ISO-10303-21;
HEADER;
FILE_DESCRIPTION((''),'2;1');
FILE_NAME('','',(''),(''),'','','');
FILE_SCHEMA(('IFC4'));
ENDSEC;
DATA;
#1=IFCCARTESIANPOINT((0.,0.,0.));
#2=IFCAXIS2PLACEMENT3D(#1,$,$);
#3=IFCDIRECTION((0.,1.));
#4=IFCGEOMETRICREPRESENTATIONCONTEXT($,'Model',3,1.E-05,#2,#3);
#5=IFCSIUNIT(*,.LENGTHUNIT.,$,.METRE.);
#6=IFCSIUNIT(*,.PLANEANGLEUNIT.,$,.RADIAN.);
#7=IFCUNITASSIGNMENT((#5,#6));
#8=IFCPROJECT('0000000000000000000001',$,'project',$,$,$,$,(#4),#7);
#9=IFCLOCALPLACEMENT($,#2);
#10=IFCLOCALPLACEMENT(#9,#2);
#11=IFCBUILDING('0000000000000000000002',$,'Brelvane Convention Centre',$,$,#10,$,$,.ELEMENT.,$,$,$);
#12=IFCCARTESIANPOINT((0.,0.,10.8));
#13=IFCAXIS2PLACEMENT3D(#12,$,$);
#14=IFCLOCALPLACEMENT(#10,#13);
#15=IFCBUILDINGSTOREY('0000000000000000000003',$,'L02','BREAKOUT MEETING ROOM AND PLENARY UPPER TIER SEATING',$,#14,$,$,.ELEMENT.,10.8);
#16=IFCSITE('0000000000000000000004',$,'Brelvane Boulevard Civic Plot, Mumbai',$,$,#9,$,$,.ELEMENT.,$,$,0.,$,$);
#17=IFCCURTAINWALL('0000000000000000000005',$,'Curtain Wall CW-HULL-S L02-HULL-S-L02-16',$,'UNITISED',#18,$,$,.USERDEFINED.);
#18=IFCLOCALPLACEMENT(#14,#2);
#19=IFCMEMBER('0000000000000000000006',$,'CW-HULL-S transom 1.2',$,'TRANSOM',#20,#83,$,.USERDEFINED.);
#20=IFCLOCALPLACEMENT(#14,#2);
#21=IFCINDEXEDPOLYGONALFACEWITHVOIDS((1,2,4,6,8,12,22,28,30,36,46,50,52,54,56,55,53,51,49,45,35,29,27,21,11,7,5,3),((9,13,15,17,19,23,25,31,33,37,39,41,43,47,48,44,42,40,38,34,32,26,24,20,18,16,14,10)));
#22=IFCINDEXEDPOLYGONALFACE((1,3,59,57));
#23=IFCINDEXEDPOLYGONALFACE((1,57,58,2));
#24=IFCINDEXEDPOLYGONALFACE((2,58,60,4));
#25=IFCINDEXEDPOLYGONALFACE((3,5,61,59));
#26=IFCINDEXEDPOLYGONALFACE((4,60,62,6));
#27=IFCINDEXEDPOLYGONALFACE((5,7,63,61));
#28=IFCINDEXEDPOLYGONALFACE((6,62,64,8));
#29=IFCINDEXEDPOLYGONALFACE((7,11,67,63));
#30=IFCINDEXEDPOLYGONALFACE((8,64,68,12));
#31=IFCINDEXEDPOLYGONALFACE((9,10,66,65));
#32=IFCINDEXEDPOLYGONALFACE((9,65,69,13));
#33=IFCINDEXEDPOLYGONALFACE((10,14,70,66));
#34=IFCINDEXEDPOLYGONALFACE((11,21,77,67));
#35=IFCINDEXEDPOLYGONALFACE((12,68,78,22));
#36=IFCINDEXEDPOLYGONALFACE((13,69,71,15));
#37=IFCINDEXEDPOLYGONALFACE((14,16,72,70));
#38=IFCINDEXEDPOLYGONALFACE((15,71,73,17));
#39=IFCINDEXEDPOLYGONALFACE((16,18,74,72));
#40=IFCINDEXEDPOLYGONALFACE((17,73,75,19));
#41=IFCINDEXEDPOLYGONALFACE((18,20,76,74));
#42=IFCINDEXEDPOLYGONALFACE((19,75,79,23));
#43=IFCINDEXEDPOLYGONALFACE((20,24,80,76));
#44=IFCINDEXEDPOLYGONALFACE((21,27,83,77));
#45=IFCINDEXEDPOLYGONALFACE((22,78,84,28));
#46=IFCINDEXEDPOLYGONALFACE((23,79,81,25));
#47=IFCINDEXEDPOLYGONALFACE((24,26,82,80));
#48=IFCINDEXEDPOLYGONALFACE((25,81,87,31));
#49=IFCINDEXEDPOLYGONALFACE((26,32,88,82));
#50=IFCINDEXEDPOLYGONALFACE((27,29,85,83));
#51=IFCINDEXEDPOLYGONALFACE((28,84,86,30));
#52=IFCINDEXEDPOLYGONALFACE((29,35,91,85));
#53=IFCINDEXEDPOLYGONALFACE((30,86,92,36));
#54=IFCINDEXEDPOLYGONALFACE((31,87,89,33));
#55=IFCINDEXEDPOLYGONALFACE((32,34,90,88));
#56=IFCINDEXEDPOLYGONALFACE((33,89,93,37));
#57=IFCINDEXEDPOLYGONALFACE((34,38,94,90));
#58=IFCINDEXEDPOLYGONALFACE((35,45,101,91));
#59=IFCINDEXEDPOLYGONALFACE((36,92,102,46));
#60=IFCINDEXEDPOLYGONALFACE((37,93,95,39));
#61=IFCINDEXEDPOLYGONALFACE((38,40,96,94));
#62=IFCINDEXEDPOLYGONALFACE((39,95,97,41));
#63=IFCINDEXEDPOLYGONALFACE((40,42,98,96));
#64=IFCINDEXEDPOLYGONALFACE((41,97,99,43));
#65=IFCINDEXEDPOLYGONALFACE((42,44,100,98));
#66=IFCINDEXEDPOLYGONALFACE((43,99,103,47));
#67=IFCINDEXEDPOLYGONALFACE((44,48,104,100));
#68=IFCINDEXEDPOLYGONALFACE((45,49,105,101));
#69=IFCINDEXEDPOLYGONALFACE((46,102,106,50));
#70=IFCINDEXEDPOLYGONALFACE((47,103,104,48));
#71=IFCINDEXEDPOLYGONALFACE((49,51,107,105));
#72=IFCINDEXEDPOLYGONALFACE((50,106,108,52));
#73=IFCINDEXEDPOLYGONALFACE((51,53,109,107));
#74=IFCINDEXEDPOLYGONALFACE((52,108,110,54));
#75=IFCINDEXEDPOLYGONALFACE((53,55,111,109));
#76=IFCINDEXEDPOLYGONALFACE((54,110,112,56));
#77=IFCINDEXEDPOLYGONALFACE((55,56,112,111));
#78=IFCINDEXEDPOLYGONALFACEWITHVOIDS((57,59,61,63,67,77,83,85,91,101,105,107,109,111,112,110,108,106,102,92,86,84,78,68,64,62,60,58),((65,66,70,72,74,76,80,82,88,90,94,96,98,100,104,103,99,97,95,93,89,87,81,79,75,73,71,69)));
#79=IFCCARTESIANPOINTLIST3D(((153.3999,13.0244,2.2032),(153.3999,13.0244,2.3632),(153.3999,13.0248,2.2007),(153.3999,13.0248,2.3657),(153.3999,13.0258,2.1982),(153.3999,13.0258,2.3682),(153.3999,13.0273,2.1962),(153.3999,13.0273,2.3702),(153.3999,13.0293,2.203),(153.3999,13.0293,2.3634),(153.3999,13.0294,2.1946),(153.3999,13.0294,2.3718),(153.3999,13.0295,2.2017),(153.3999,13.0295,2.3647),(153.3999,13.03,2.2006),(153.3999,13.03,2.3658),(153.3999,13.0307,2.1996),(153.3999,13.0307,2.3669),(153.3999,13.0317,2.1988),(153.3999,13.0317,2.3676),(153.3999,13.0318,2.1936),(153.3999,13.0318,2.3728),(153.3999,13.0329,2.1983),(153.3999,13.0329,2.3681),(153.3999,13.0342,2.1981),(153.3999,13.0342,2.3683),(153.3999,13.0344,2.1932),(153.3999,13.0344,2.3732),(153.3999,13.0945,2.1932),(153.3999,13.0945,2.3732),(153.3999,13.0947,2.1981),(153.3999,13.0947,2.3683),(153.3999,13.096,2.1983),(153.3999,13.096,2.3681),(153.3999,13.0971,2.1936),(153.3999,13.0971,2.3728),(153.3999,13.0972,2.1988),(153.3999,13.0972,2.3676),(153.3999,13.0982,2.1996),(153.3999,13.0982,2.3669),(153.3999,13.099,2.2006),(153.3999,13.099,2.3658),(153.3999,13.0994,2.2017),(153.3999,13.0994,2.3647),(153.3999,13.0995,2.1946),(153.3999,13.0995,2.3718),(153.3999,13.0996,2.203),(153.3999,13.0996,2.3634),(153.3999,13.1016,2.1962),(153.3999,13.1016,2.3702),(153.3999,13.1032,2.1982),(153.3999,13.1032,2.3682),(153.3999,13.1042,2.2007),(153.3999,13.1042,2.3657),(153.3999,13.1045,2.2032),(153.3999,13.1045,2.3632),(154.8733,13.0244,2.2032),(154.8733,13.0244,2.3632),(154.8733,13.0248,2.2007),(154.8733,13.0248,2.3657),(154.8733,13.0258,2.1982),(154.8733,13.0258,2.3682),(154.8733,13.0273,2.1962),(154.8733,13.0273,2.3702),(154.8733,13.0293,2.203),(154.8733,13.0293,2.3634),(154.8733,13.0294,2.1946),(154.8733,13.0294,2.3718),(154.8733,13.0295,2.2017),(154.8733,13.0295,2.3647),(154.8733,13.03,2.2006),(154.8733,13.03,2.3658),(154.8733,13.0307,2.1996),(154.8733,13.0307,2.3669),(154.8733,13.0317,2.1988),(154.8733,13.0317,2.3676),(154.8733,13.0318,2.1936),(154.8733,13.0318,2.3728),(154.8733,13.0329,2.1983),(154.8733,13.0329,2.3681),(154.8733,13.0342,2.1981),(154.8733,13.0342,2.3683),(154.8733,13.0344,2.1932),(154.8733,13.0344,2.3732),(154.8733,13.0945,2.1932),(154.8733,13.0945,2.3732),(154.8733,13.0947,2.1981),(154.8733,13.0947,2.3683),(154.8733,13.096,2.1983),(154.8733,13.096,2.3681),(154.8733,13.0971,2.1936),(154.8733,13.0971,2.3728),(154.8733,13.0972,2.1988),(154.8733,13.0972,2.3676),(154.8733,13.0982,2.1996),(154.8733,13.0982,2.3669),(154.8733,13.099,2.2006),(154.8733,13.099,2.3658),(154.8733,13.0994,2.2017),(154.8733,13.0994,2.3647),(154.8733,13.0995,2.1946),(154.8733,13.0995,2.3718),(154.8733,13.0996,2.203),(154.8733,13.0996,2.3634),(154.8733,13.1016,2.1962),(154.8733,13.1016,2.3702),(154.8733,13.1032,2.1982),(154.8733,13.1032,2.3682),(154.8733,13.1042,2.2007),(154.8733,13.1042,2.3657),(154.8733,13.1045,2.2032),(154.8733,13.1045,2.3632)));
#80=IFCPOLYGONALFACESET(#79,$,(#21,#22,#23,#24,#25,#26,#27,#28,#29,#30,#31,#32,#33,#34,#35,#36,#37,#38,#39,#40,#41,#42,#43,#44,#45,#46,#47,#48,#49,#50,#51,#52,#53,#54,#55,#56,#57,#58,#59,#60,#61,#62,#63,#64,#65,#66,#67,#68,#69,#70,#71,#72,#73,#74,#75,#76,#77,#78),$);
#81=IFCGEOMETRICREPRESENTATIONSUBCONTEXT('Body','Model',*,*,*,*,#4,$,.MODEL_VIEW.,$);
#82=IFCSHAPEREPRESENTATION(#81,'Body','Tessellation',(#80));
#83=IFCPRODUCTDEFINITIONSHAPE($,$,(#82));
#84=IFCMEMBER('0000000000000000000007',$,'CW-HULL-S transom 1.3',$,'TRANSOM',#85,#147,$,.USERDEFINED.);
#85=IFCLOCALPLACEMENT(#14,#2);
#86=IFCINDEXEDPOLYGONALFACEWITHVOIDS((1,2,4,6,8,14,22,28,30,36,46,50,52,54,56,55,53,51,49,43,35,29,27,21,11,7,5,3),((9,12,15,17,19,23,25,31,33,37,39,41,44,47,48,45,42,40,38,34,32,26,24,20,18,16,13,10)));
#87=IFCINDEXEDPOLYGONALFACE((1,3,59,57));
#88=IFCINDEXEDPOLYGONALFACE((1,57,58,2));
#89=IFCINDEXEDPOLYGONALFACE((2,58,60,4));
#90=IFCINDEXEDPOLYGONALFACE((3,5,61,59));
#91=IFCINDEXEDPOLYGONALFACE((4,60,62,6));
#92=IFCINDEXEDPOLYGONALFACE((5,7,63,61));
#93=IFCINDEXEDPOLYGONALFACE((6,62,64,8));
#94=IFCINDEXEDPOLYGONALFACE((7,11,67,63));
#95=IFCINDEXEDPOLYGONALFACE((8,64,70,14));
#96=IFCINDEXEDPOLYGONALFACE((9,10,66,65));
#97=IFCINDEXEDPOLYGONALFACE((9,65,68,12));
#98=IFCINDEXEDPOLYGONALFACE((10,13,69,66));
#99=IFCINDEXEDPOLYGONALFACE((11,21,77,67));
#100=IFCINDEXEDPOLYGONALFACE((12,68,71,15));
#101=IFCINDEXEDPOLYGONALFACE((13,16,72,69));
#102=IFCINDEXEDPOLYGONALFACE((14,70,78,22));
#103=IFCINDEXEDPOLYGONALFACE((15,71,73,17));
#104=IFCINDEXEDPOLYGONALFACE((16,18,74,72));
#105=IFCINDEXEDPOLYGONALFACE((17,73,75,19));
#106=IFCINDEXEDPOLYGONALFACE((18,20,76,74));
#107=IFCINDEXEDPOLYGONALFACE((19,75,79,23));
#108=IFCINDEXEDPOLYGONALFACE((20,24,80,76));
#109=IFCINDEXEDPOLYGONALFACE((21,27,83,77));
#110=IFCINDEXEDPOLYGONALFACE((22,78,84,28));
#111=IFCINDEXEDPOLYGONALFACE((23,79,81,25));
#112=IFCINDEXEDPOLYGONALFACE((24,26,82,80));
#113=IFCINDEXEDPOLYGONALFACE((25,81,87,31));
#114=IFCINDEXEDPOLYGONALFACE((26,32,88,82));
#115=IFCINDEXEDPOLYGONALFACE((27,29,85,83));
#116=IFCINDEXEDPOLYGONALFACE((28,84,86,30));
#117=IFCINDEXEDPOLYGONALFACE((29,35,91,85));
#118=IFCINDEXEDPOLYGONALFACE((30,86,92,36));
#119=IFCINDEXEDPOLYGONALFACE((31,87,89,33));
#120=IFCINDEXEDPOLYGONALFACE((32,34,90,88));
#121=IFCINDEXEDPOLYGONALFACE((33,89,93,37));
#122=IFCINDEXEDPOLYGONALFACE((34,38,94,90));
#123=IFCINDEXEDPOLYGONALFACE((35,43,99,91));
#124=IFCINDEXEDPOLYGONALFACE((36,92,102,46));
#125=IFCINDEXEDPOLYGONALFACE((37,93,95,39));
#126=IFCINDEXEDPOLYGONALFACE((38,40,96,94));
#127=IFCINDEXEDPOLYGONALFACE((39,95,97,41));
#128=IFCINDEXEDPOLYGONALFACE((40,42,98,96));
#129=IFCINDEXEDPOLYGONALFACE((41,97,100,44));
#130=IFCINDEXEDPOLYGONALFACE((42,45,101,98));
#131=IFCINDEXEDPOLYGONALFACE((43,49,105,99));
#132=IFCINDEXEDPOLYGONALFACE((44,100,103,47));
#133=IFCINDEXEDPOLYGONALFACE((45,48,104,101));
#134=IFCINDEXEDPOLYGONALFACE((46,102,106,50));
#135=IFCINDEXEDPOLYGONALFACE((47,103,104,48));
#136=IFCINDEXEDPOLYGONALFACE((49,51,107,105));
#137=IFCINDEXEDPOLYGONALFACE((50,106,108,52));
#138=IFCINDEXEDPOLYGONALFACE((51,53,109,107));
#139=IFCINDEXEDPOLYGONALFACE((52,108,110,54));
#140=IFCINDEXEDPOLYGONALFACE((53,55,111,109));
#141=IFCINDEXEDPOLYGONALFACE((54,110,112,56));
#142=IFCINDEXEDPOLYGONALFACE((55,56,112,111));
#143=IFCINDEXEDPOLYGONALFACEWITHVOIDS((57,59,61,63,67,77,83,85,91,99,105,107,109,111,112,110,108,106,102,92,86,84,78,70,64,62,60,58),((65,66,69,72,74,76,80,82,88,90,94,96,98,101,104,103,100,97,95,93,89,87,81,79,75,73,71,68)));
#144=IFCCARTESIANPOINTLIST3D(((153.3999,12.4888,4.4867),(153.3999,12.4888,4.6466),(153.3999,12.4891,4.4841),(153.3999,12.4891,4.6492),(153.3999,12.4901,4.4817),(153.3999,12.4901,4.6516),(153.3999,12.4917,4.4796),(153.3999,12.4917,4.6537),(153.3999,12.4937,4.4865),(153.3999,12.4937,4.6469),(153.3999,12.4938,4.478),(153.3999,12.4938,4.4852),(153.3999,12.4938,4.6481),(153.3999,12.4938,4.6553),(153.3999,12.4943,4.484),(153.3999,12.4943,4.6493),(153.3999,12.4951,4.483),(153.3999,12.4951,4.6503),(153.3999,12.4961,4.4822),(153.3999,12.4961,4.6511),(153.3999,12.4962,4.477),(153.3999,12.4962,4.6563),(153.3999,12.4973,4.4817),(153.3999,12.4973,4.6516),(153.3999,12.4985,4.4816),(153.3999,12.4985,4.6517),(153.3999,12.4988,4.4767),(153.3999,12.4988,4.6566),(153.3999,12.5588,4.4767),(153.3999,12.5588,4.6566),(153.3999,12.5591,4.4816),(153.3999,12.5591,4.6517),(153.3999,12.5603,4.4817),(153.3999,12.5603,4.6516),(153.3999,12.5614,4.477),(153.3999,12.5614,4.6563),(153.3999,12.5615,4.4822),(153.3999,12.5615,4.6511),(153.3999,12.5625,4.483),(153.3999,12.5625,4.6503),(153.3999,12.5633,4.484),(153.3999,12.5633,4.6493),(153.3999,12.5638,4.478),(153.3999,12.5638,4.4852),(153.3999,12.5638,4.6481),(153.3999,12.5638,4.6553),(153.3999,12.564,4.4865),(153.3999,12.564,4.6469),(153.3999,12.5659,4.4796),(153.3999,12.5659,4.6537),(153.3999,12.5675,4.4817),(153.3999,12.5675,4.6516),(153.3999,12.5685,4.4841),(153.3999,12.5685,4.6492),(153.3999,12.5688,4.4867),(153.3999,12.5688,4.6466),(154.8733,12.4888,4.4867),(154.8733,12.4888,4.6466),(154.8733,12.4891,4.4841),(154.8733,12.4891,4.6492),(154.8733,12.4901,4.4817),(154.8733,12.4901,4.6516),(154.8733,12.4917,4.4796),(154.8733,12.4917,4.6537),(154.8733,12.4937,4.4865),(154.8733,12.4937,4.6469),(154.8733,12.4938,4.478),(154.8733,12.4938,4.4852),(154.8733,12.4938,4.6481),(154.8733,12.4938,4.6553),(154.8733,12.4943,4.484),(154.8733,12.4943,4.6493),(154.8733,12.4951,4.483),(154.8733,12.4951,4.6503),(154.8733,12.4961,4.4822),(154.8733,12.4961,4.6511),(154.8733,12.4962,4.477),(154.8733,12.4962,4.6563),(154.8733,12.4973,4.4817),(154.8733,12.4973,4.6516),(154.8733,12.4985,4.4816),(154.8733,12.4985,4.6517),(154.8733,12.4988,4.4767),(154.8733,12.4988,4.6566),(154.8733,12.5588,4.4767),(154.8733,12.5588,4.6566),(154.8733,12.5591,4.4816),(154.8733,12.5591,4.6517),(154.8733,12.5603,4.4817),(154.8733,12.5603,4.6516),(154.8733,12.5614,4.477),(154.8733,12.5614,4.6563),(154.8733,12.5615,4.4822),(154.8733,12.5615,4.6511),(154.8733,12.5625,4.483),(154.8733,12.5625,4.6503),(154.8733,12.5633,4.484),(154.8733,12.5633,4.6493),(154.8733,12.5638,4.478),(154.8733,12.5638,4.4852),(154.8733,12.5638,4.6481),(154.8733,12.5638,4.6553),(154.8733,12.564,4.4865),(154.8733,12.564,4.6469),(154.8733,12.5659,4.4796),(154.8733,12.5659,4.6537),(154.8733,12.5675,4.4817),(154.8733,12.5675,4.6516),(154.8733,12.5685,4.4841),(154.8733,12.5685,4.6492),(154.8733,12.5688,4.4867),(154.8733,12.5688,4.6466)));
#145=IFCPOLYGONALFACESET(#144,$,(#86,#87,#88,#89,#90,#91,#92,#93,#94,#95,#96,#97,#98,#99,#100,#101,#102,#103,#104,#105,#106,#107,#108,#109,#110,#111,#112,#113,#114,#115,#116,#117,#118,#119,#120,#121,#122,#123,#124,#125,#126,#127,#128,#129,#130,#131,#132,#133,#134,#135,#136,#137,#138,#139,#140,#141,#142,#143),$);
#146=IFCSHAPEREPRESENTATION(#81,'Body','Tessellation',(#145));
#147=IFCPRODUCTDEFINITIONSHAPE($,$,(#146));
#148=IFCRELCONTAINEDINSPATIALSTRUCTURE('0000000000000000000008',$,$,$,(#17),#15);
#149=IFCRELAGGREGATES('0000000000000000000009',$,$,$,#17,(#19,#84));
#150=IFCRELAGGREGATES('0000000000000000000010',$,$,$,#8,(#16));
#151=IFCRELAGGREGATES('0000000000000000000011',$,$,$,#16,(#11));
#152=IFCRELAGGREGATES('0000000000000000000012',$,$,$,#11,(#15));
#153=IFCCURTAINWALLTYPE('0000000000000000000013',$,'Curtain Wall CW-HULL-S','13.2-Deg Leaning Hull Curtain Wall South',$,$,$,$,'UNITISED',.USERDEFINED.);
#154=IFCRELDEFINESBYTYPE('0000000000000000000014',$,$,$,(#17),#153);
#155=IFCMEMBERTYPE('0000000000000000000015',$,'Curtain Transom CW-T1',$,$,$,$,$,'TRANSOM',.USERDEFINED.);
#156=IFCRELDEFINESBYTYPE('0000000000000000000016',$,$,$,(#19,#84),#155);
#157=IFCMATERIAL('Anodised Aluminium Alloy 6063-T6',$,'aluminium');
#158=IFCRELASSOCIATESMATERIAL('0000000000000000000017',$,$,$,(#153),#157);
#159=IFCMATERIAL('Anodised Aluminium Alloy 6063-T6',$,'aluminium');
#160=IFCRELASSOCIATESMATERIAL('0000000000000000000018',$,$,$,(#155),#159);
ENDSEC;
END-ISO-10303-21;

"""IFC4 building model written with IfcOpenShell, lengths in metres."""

from ifc_helpers import new_model, si_unit, direction, frame, origin, origin_2d, place, context, subcontext, project, spatial, hollow_rectangle, extrude, material, material_profile, profile_set, type_object, element, aggregate, save


model = new_model("IFC4")

# Units and contexts
model_context = context("Model", 3, precision=1e-05, world=origin(), true_north=direction((0.0, 1.0)))
body_context = subcontext(model_context, "Body", "Model", "MODEL_VIEW")
ifc_project = project(units=[si_unit("LENGTHUNIT", "METRE"), si_unit("PLANEANGLEUNIT", "RADIAN")], contexts=[model_context])

# Site, building, storey
site_placement = place(None, origin())
site = spatial("IfcSite", under=ifc_project, at=site_placement, Name="Brelvane Boulevard Civic Plot, Mumbai", CompositionType="ELEMENT", RefElevation=0.0)
building_placement = place(site_placement, origin())
building = spatial("IfcBuilding", under=site, at=building_placement, Name="Brelvane Convention Centre", CompositionType="ELEMENT")
storey_placement = place(building_placement, frame((0.0, 0.0, 10.8)))
storey = spatial("IfcBuildingStorey", under=building, at=storey_placement, Name="L02", Description="BREAKOUT MEETING ROOM AND PLENARY UPPER TIER SEATING", CompositionType="ELEMENT", Elevation=10.8)

# Curtain wall, members
ifc_material_1 = material(Name="Anodised Aluminium Alloy 6063-T6", Category="aluminium")
curtain_wall_type = type_object("IfcCurtainWallType", Name="Curtain Wall CW-HULL-S", Description="13.2-Deg Leaning Hull Curtain Wall South", ElementType="UNITISED", PredefinedType="USERDEFINED", material=ifc_material_1)
ifc_material_2 = material(Name="Anodised Aluminium Alloy 6063-T6", Category="aluminium")
ifc_material_profile = material_profile(ifc_material_2, hollow_rectangle(XDim=0.0801, YDim=0.1799, WallThickness=0.0049, InnerFilletRadius=0.0049, OuterFilletRadius=0.01, at=origin_2d()), Name="ALU-T 180x80x5.0")
ifc_profile_set = profile_set([ifc_material_profile], Name="Anodised Aluminium Alloy 6063-T6")
member_type = type_object("IfcMemberType", Name="Curtain Transom CW-T1", ElementType="TRANSOM", PredefinedType="USERDEFINED", material=ifc_profile_set)
curtain_wall_1_placement = place(storey_placement, origin())
curtain_wall_1 = element("IfcCurtainWall", 1, at=curtain_wall_1_placement, inside=storey, type_object=curtain_wall_type, Name="Curtain Wall CW-HULL-S L02-HULL-S-L02-16", ObjectType="UNITISED", PredefinedType="USERDEFINED")
member_1_placement = place(storey_placement, frame((153.3999, 13.0645, 2.2832), z_axis=(1.0, 0.0, 0.0), x_axis=(0.0, 1.0, 0.0)))
member_1 = element("IfcMember", 2, at=member_1_placement, type_object=member_type, Name="CW-HULL-S transom 1.2", ObjectType="TRANSOM", PredefinedType="USERDEFINED", context=body_context, shape_type="SweptSolid", body=[
    extrude(hollow_rectangle(XDim=0.0801, YDim=0.1799, WallThickness=0.0049, InnerFilletRadius=0.0049, OuterFilletRadius=0.01, at=origin_2d()), origin(), (0.0, 0.0, 1.0), 1.4734),
])
member_2_placement = place(storey_placement, frame((153.3999, 12.5288, 4.5667), z_axis=(1.0, 0.0, 0.0), x_axis=(0.0, 1.0, 0.0)))
member_2 = element("IfcMember", 3, at=member_2_placement, type_object=member_type, Name="CW-HULL-S transom 1.3", ObjectType="TRANSOM", PredefinedType="USERDEFINED", context=body_context, shape_type="SweptSolid", body=[
    extrude(hollow_rectangle(XDim=0.0801, YDim=0.1799, WallThickness=0.0049, InnerFilletRadius=0.0049, OuterFilletRadius=0.01, at=origin_2d()), origin(), (0.0, 0.0, 1.0), 1.4734),
])

aggregate(curtain_wall_1, [member_1, member_2])

save(model, "model.ifc")
